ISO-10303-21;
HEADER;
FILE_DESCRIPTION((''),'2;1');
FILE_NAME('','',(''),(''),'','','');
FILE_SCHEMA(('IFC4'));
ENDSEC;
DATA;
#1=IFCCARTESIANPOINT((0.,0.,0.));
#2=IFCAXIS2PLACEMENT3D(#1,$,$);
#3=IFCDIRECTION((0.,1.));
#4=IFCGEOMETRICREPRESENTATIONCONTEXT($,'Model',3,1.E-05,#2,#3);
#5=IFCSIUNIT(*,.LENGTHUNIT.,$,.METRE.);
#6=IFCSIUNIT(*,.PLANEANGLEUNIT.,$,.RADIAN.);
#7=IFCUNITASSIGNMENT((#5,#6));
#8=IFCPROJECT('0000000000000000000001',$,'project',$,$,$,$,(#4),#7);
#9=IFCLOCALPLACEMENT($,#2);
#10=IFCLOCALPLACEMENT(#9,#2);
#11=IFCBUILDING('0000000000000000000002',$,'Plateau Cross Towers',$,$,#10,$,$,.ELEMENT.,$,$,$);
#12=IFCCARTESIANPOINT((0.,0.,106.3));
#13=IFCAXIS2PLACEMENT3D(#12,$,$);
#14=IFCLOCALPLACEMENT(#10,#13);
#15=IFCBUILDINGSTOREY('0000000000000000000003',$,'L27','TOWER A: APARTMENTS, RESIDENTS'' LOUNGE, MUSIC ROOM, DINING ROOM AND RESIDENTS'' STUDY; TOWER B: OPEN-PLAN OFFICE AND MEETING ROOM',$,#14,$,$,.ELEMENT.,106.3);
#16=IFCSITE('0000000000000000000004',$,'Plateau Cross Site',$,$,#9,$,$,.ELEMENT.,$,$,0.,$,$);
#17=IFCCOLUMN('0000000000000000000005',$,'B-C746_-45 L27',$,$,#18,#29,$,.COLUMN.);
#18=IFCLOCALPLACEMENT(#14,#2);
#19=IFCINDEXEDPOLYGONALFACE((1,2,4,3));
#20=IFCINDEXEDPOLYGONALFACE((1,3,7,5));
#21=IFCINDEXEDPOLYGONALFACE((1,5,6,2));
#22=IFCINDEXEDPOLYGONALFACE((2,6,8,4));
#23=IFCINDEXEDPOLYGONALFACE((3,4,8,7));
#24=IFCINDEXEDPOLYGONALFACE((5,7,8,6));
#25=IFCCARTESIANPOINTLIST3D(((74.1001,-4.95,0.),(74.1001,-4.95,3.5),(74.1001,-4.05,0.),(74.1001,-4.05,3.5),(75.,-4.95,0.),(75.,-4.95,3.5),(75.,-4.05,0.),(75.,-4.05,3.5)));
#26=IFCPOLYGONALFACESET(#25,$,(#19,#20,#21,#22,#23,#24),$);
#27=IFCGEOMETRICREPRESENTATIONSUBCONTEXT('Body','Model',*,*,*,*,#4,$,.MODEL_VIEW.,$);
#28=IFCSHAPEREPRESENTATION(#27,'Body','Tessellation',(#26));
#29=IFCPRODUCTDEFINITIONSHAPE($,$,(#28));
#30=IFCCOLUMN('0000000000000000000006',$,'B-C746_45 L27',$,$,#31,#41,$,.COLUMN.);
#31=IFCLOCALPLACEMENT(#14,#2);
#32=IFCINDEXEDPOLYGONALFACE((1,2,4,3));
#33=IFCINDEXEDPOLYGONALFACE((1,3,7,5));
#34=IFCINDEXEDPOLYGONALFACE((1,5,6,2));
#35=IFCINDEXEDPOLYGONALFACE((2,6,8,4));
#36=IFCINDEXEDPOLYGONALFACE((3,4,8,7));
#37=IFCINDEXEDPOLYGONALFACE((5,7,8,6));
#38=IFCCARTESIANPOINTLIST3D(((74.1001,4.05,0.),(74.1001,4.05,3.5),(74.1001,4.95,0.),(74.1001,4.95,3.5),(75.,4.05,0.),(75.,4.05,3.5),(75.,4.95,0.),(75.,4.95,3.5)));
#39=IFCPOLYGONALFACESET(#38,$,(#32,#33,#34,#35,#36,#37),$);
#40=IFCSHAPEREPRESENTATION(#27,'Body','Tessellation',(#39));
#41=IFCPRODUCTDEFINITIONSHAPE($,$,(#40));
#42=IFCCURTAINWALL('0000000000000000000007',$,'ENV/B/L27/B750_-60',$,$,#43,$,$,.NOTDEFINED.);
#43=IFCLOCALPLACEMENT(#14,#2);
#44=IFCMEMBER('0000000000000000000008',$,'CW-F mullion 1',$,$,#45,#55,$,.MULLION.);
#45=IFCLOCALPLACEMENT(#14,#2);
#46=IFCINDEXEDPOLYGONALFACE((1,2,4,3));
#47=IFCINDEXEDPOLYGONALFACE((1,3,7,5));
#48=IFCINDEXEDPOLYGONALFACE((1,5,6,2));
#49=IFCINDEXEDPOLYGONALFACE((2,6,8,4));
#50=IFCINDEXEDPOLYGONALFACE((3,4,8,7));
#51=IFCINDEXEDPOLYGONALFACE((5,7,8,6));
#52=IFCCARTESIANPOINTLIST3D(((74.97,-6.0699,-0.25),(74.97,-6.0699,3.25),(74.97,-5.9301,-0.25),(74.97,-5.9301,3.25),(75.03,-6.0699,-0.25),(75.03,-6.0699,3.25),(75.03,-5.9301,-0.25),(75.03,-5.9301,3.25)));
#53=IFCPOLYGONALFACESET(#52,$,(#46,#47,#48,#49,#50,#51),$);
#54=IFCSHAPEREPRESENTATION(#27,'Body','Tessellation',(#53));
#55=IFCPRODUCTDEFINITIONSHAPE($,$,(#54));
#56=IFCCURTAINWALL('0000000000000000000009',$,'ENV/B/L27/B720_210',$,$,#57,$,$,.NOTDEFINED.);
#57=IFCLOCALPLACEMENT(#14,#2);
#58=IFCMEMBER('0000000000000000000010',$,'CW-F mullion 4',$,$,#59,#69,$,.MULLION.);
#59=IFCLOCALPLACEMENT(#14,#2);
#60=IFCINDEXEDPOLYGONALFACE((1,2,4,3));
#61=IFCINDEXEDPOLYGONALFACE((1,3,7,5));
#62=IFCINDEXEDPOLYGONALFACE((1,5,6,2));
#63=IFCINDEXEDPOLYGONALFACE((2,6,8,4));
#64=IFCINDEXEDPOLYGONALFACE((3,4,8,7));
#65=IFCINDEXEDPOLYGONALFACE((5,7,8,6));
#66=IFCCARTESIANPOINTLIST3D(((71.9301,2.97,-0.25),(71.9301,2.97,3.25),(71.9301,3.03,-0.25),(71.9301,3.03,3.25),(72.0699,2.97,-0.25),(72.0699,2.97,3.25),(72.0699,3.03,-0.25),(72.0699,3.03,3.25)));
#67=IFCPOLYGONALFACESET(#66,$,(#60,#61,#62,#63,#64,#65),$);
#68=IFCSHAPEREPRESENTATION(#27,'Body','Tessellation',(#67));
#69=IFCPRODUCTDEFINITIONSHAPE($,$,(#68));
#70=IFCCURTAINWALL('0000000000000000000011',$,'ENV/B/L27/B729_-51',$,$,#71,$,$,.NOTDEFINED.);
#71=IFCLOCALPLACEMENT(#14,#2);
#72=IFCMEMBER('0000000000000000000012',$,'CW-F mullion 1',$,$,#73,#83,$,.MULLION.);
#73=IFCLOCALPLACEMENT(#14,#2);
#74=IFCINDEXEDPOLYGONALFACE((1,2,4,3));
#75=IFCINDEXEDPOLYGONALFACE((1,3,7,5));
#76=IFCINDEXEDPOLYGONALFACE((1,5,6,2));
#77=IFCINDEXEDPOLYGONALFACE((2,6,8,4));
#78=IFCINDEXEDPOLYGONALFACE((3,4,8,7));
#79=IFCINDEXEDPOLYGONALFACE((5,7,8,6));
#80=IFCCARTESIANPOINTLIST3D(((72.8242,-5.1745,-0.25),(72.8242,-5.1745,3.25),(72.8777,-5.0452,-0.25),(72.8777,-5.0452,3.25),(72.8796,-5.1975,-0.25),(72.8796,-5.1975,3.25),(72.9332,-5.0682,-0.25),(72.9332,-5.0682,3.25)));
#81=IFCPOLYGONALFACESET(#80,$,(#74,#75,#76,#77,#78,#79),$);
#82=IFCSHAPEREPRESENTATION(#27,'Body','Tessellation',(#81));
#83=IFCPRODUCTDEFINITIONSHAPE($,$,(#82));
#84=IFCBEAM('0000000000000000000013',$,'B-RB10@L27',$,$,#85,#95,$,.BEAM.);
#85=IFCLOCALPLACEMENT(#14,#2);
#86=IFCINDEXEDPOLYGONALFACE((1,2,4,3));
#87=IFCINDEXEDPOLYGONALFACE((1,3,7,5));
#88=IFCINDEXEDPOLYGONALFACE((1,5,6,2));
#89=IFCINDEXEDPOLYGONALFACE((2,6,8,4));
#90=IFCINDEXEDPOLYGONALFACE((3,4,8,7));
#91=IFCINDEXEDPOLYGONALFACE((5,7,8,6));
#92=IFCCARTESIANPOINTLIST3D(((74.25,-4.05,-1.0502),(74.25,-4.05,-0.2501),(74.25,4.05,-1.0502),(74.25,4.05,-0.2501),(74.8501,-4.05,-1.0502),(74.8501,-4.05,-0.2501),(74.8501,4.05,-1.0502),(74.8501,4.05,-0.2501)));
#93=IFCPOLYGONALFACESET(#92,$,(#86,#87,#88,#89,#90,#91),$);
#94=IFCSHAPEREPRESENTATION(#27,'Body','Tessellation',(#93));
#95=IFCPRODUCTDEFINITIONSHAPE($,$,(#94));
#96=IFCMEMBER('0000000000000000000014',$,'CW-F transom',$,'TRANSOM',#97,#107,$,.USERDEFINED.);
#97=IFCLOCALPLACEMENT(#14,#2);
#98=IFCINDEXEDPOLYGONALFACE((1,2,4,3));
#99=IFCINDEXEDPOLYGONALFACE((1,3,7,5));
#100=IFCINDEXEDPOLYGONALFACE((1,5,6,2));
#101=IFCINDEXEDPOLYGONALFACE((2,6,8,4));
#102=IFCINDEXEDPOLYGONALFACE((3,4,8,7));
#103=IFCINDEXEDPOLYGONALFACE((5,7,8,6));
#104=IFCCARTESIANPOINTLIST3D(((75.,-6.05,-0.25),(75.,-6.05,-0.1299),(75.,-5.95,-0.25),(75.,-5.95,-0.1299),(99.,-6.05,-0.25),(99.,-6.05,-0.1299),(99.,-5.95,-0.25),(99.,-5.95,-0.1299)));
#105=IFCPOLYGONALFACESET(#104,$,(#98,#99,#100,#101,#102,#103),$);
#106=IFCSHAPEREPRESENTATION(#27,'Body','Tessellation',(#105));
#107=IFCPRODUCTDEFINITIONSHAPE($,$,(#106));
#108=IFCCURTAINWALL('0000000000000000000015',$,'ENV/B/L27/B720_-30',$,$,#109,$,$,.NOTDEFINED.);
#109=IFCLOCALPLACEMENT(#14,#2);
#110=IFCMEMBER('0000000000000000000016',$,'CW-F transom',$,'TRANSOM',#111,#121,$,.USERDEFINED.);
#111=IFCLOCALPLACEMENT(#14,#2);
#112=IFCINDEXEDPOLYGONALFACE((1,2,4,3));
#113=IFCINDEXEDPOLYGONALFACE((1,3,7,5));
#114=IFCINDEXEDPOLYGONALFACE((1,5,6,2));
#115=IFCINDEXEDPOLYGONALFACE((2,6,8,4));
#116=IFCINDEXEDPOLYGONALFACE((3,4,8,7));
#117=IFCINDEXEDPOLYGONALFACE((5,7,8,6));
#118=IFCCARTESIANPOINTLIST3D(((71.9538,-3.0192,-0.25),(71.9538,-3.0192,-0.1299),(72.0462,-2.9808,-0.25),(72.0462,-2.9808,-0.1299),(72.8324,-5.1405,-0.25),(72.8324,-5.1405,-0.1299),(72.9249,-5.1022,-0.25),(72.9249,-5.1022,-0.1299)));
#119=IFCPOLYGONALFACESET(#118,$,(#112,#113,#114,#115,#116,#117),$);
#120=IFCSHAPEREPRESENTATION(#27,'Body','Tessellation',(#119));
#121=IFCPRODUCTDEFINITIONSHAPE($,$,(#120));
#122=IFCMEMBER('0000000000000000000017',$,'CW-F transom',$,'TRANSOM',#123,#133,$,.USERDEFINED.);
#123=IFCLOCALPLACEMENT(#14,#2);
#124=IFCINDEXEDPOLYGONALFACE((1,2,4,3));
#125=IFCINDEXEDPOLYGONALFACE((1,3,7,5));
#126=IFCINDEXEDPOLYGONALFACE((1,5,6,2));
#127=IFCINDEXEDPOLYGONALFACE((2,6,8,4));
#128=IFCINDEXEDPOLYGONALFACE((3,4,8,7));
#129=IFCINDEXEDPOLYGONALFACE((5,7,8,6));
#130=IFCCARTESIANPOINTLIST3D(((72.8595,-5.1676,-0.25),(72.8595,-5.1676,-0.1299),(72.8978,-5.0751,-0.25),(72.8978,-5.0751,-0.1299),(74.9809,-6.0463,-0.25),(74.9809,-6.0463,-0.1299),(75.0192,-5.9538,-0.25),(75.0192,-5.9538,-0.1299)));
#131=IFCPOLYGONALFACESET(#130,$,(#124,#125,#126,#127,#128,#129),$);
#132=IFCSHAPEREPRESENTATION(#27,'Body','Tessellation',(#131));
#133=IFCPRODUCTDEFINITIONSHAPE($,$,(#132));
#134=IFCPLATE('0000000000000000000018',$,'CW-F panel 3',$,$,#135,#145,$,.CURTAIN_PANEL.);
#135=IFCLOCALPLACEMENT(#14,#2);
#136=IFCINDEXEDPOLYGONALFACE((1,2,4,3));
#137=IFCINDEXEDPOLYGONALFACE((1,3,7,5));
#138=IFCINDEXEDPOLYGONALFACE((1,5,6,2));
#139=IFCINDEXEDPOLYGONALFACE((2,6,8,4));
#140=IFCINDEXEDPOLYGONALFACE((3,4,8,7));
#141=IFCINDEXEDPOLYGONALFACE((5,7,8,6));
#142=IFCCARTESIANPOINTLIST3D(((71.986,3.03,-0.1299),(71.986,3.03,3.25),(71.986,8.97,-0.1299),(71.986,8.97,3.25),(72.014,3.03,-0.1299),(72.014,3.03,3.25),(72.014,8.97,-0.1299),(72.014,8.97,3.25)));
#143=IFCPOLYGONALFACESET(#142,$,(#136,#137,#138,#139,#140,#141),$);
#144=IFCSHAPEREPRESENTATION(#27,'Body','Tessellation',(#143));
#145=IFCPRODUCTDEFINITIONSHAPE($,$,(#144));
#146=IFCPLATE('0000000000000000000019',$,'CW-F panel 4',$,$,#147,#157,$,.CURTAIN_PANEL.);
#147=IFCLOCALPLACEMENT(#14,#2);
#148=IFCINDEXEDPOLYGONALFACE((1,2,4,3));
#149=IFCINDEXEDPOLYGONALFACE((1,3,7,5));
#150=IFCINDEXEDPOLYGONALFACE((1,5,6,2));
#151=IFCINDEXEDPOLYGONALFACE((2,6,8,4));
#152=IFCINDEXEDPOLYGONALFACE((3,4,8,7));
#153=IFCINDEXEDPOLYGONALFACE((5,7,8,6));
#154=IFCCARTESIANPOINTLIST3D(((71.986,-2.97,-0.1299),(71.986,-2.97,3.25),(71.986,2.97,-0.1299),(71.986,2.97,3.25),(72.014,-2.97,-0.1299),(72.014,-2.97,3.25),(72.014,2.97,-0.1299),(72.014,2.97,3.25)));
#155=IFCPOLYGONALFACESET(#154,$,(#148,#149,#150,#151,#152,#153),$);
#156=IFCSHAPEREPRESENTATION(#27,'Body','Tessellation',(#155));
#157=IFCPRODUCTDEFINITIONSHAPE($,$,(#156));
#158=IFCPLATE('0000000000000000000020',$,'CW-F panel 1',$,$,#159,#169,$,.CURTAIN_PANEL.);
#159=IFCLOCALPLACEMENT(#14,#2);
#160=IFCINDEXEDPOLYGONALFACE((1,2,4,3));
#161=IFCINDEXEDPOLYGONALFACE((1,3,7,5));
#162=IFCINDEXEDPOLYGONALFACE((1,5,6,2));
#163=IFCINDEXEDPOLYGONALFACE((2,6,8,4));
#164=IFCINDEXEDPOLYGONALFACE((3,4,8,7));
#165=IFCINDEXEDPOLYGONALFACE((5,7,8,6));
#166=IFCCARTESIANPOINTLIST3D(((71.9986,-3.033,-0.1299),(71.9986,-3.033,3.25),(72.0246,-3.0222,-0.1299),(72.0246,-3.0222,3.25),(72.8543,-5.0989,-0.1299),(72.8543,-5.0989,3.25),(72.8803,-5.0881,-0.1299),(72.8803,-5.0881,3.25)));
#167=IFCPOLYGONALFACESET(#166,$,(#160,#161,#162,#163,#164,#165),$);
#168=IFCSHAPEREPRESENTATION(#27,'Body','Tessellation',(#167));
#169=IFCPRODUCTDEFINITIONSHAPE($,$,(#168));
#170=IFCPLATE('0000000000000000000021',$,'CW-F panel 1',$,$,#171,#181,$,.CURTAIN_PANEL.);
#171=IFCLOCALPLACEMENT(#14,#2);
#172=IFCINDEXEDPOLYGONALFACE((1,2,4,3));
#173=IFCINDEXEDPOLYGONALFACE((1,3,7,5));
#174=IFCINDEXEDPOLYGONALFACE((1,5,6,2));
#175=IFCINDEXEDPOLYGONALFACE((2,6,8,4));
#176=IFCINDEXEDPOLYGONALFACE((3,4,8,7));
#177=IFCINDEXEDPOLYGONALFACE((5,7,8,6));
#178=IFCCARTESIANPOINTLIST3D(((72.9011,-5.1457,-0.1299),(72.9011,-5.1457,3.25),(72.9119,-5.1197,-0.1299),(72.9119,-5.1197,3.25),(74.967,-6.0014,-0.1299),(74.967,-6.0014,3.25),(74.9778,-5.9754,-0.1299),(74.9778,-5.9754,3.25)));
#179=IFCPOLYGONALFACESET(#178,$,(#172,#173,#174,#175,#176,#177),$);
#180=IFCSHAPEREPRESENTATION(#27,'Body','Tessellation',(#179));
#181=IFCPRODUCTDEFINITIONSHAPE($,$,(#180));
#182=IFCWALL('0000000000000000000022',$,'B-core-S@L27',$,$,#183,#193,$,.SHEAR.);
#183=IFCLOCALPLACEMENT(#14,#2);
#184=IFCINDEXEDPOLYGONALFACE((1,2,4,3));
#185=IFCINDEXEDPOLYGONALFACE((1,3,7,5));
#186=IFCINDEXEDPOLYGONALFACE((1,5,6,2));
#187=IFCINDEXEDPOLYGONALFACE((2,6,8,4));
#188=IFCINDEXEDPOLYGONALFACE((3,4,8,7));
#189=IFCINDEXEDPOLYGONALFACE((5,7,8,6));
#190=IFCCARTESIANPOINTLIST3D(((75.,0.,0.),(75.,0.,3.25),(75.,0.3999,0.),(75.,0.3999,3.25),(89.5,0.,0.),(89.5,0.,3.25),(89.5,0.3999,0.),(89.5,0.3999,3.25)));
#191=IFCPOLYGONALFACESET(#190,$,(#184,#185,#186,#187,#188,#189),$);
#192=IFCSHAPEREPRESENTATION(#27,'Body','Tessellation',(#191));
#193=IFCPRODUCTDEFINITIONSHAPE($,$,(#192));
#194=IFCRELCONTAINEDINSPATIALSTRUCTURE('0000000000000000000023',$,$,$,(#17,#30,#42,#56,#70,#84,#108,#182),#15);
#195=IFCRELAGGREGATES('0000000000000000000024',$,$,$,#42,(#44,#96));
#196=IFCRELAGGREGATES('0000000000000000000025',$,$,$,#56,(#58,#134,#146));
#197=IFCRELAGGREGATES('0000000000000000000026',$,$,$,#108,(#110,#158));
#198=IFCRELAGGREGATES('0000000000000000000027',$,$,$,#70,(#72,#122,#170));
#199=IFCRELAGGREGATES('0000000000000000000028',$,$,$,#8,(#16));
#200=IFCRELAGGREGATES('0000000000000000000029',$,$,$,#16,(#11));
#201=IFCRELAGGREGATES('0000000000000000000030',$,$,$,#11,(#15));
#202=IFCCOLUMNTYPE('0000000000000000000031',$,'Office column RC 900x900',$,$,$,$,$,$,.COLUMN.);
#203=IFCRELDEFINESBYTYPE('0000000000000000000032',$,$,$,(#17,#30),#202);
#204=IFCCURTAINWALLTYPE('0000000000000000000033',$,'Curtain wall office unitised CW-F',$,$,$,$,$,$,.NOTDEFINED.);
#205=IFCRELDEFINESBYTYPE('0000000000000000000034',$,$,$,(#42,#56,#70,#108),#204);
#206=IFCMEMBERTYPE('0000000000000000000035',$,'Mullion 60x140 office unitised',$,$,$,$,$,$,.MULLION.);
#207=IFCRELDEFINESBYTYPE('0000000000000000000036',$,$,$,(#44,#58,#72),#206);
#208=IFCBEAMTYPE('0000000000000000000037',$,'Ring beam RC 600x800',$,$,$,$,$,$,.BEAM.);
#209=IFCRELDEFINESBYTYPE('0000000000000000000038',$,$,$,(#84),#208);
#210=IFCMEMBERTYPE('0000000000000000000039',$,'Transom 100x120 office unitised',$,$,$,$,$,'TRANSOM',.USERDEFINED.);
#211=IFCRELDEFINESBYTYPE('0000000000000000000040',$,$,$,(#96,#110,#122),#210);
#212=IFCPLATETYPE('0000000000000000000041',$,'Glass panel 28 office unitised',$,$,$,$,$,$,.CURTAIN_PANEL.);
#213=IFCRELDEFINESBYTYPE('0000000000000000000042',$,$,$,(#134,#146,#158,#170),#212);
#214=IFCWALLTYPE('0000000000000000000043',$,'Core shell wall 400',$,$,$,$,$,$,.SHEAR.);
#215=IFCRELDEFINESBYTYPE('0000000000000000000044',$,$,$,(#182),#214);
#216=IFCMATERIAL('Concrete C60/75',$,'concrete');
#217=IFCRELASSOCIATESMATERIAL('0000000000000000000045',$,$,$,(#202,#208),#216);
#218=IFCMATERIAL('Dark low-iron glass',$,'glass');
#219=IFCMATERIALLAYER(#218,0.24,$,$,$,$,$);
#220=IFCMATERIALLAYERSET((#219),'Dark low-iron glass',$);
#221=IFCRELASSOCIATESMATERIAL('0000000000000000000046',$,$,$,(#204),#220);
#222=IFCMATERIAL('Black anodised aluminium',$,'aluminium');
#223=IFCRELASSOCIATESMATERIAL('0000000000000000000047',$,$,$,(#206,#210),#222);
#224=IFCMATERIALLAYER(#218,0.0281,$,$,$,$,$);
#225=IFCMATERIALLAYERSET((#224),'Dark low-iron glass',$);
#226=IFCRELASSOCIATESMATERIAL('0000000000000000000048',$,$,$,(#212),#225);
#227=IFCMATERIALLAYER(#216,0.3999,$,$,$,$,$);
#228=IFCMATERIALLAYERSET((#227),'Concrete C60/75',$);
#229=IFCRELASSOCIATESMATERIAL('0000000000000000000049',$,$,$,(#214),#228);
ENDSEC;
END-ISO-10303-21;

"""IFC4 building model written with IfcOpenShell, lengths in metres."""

from ifc_helpers import new_model, si_unit, direction, frame, frame_2d, origin, origin_2d, place, context, subcontext, project, spatial, rectangle, extrude, material, layer, layer_set, material_profile, profile_set, type_object, element, aggregate, save


model = new_model("IFC4")

# Units and contexts
model_context = context("Model", 3, precision=1e-05, world=origin(), true_north=direction((0.0, 1.0)))
body_context = subcontext(model_context, "Body", "Model", "MODEL_VIEW")
ifc_project = project(units=[si_unit("LENGTHUNIT", "METRE"), si_unit("PLANEANGLEUNIT", "RADIAN")], contexts=[model_context])

# Site, building, storey
site_placement = place(None, origin())
site = spatial("IfcSite", under=ifc_project, at=site_placement, Name="Plateau Cross Site", CompositionType="ELEMENT", RefElevation=0.0)
building_placement = place(site_placement, origin())
building = spatial("IfcBuilding", under=site, at=building_placement, Name="Plateau Cross Towers", CompositionType="ELEMENT")
storey_placement = place(building_placement, frame((0.0, 0.0, 106.3)))
storey = spatial("IfcBuildingStorey", under=building, at=storey_placement, Name="L27", Description="TOWER A: APARTMENTS, RESIDENTS' LOUNGE, MUSIC ROOM, DINING ROOM AND RESIDENTS' STUDY; TOWER B: OPEN-PLAN OFFICE AND MEETING ROOM", CompositionType="ELEMENT", Elevation=106.3)

# Columns
ifc_material_1 = material(Name="Concrete C60/75", Category="concrete")
ifc_material_profile_1 = material_profile(ifc_material_1, rectangle(XDim=0.8999, YDim=0.8999, at=origin_2d()), Name="RC 900x900")
ifc_profile_set_1 = profile_set([ifc_material_profile_1], Name="Concrete C60/75")
column_type = type_object("IfcColumnType", Name="Office column RC 900x900", PredefinedType="COLUMN", material=ifc_profile_set_1)
for number, where, z_axis, x_axis, name in (
    (1, (74.55, -4.5, 0.0), (0.0, 0.0, 1.0), (1.0, 0.0, 0.0), "B-C746_-45 L27"),
    (2, (74.55, 4.5, 0.0), (0.0, 0.0, 1.0), (1.0, 0.0, 0.0), "B-C746_45 L27"),
):
    element("IfcColumn", number, at=place(storey_placement, frame(where, z_axis=z_axis, x_axis=x_axis)), inside=storey, type_object=column_type, Name=name, PredefinedType="COLUMN", context=body_context, shape_type="SweptSolid", body=[
        extrude(rectangle(XDim=0.8999, YDim=0.8999, at=origin_2d()), origin(), (0.0, 0.0, 1.0), 3.5),
    ])

# Curtain walls, members
ifc_material_2 = material(Name="Dark low-iron glass", Category="glass")
ifc_layer_1 = layer(ifc_material_2, 0.24)
ifc_layer_set_1 = layer_set([ifc_layer_1], Name="Dark low-iron glass")
curtain_wall_type = type_object("IfcCurtainWallType", Name="Curtain wall office unitised CW-F", PredefinedType="NOTDEFINED", material=ifc_layer_set_1)
curtain_wall_1_placement = place(storey_placement, origin())
curtain_wall_1 = element("IfcCurtainWall", 3, at=curtain_wall_1_placement, inside=storey, type_object=curtain_wall_type, Name="ENV/B/L27/B750_-60", PredefinedType="NOTDEFINED")
ifc_material_3 = material(Name="Black anodised aluminium", Category="aluminium")
ifc_material_profile_2 = material_profile(ifc_material_3, rectangle(XDim=0.0601, YDim=0.1399, at=origin_2d()), Name="MULLION 60x140")
ifc_profile_set_2 = profile_set([ifc_material_profile_2], Name="Black anodised aluminium")
member_type_1 = type_object("IfcMemberType", Name="Mullion 60x140 office unitised", PredefinedType="MULLION", material=ifc_profile_set_2)
member_1_placement = place(storey_placement, frame((75.0, -6.0, -0.25), z_axis=(0.0, 0.0, 1.0), x_axis=(1.0, 0.0, 0.0)))
member_1 = element("IfcMember", 4, at=member_1_placement, type_object=member_type_1, Name="CW-F mullion 1", PredefinedType="MULLION", context=body_context, shape_type="SweptSolid", body=[
    extrude(rectangle(XDim=0.0601, YDim=0.1399, at=origin_2d()), origin(), (0.0, 0.0, 1.0), 3.5),
])
curtain_wall_2_placement = place(storey_placement, origin())
curtain_wall_2 = element("IfcCurtainWall", 5, at=curtain_wall_2_placement, inside=storey, type_object=curtain_wall_type, Name="ENV/B/L27/B720_210", PredefinedType="NOTDEFINED")
member_2_placement = place(storey_placement, frame((72.0, 3.0, -0.25), z_axis=(0.0, 0.0, 1.0), x_axis=(0.0, -1.0, 0.0)))
member_2 = element("IfcMember", 6, at=member_2_placement, type_object=member_type_1, Name="CW-F mullion 4", PredefinedType="MULLION", context=body_context, shape_type="SweptSolid", body=[
    extrude(rectangle(XDim=0.0601, YDim=0.1399, at=origin_2d()), origin(), (0.0, 0.0, 1.0), 3.5),
])
curtain_wall_3_placement = place(storey_placement, origin())
curtain_wall_3 = element("IfcCurtainWall", 7, at=curtain_wall_3_placement, inside=storey, type_object=curtain_wall_type, Name="ENV/B/L27/B729_-51", PredefinedType="NOTDEFINED")
member_3_placement = place(storey_placement, frame((72.8787, -5.1213, -0.25), z_axis=(0.0, 0.0, 1.0), x_axis=(0.923879, -0.382684, 0.0)))
member_3 = element("IfcMember", 8, at=member_3_placement, type_object=member_type_1, Name="CW-F mullion 1", PredefinedType="MULLION", context=body_context, shape_type="SweptSolid", body=[
    extrude(rectangle(XDim=0.0601, YDim=0.1399, at=origin_2d()), origin(), (0.0, 0.0, 1.0), 3.5),
])

# Beam
ifc_material_profile_3 = material_profile(ifc_material_1, rectangle(XDim=0.6001, YDim=0.8, at=origin_2d()), Name="RC 600x800")
ifc_profile_set_3 = profile_set([ifc_material_profile_3], Name="Concrete C60/75")
beam_type = type_object("IfcBeamType", Name="Ring beam RC 600x800", PredefinedType="BEAM", material=ifc_profile_set_3)
beam_placement = place(storey_placement, frame((74.55, 4.05, -0.6501), z_axis=(0.0, -1.0, 0.0), x_axis=(1.0, 0.0, 0.0)))
element("IfcBeam", 9, at=beam_placement, inside=storey, type_object=beam_type, Name="B-RB10@L27", PredefinedType="BEAM", context=body_context, shape_type="SweptSolid", body=[
    extrude(rectangle(XDim=0.6001, YDim=0.8, at=origin_2d()), origin(), (0.0, 0.0, 1.0), 8.1001),
])

# Member
ifc_material_profile_4 = material_profile(ifc_material_3, rectangle(XDim=0.1001, YDim=0.1201, at=origin_2d()), Name="TRANSOM 100x120")
ifc_profile_set_4 = profile_set([ifc_material_profile_4], Name="Black anodised aluminium")
member_type_2 = type_object("IfcMemberType", Name="Transom 100x120 office unitised", ElementType="TRANSOM", PredefinedType="USERDEFINED", material=ifc_profile_set_4)
member_4_placement = place(storey_placement, frame((75.0, -6.0, -0.1899), z_axis=(1.0, 0.0, 0.0), x_axis=(0.0, 1.0, 0.0)))
member_4 = element("IfcMember", 10, at=member_4_placement, type_object=member_type_2, Name="CW-F transom", ObjectType="TRANSOM", PredefinedType="USERDEFINED", context=body_context, shape_type="SweptSolid", body=[
    extrude(rectangle(XDim=0.1001, YDim=0.1201, at=origin_2d()), origin(), (0.0, 0.0, 1.0), 24.0),
])
aggregate(curtain_wall_1, [member_1, member_4])

# Curtain wall, member
curtain_wall_4_placement = place(storey_placement, origin())
curtain_wall_4 = element("IfcCurtainWall", 11, at=curtain_wall_4_placement, inside=storey, type_object=curtain_wall_type, Name="ENV/B/L27/B720_-30", PredefinedType="NOTDEFINED")
member_5_placement = place(storey_placement, frame((72.0, -3.0, -0.1899), z_axis=(0.382674, -0.923883, 0.0), x_axis=(0.923883, 0.382674, 0.0)))
member_5 = element("IfcMember", 12, at=member_5_placement, type_object=member_type_2, Name="CW-F transom", ObjectType="TRANSOM", PredefinedType="USERDEFINED", context=body_context, shape_type="SweptSolid", body=[
    extrude(rectangle(XDim=0.1001, YDim=0.1201, at=origin_2d()), origin(), (0.0, 0.0, 1.0), 2.2961),
])

# Member
member_6_placement = place(storey_placement, frame((72.8787, -5.1213, -0.1899), z_axis=(0.923883, -0.382674, 0.0), x_axis=(0.382674, 0.923883, 0.0)))
member_6 = element("IfcMember", 13, at=member_6_placement, type_object=member_type_2, Name="CW-F transom", ObjectType="TRANSOM", PredefinedType="USERDEFINED", context=body_context, shape_type="SweptSolid", body=[
    extrude(rectangle(XDim=0.1001, YDim=0.1201, at=origin_2d()), origin(), (0.0, 0.0, 1.0), 2.2961),
])

# Plates
ifc_layer_2 = layer(ifc_material_2, 0.0281)
ifc_layer_set_2 = layer_set([ifc_layer_2], Name="Dark low-iron glass")
plate_type = type_object("IfcPlateType", Name="Glass panel 28 office unitised", PredefinedType="CURTAIN_PANEL", material=ifc_layer_set_2)
plate_1_placement = place(storey_placement, frame((72.0, 6.0, -0.1299), z_axis=(0.0, 0.0, 1.0), x_axis=(0.0, -1.0, 0.0)))
plate_1 = element("IfcPlate", 14, at=plate_1_placement, type_object=plate_type, Name="CW-F panel 3", PredefinedType="CURTAIN_PANEL", context=body_context, shape_type="SweptSolid", body=[
    extrude(rectangle(XDim=5.9399, YDim=0.0281, at=origin_2d()), origin(), (0.0, 0.0, 1.0), 3.3799),
])
plate_2_placement = place(storey_placement, frame((72.0, 0.0, -0.1299), z_axis=(0.0, 0.0, 1.0), x_axis=(0.0, -1.0, 0.0)))
plate_2 = element("IfcPlate", 15, at=plate_2_placement, type_object=plate_type, Name="CW-F panel 4", PredefinedType="CURTAIN_PANEL", context=body_context, shape_type="SweptSolid", body=[
    extrude(rectangle(XDim=5.9399, YDim=0.0281, at=origin_2d()), origin(), (0.0, 0.0, 1.0), 3.3799),
])
aggregate(curtain_wall_2, [member_2, plate_1, plate_2])
plate_3_placement = place(storey_placement, frame((72.4395, -4.0605, -0.1299), z_axis=(0.0, 0.0, 1.0), x_axis=(0.382684, -0.923879, 0.0)))
plate_3 = element("IfcPlate", 16, at=plate_3_placement, type_object=plate_type, Name="CW-F panel 1", PredefinedType="CURTAIN_PANEL", context=body_context, shape_type="SweptSolid", body=[
    extrude(rectangle(XDim=2.2361, YDim=0.0281, at=origin_2d()), origin(), (0.0, 0.0, 1.0), 3.3799),
])
aggregate(curtain_wall_4, [member_5, plate_3])
plate_4_placement = place(storey_placement, frame((73.9395, -5.5605, -0.1299), z_axis=(0.0, 0.0, 1.0), x_axis=(0.923879, -0.382684, 0.0)))
plate_4 = element("IfcPlate", 17, at=plate_4_placement, type_object=plate_type, Name="CW-F panel 1", PredefinedType="CURTAIN_PANEL", context=body_context, shape_type="SweptSolid", body=[
    extrude(rectangle(XDim=2.2361, YDim=0.0281, at=origin_2d()), origin(), (0.0, 0.0, 1.0), 3.3799),
])
aggregate(curtain_wall_3, [member_3, member_6, plate_4])

# Wall
ifc_layer_3 = layer(ifc_material_1, 0.3999)
ifc_layer_set_3 = layer_set([ifc_layer_3], Name="Concrete C60/75")
wall_type_1 = type_object("IfcWallType", Name="Core shell wall 400", PredefinedType="SHEAR", material=ifc_layer_set_3)
wall_1_placement = place(storey_placement, frame((75.0, 0.2, 0.0), z_axis=(0.0, 0.0, 1.0), x_axis=(1.0, 0.0, 0.0)))
element("IfcWall", 18, at=wall_1_placement, inside=storey, type_object=wall_type_1, Name="B-core-S@L27", PredefinedType="SHEAR", context=body_context, shape_type="SweptSolid", body=[
    extrude(rectangle(XDim=14.5, YDim=0.3999, at=frame_2d((7.25, 0.0))), origin(), (0.0, 0.0, 1.0), 3.25),
])

save(model, "model.ifc")
